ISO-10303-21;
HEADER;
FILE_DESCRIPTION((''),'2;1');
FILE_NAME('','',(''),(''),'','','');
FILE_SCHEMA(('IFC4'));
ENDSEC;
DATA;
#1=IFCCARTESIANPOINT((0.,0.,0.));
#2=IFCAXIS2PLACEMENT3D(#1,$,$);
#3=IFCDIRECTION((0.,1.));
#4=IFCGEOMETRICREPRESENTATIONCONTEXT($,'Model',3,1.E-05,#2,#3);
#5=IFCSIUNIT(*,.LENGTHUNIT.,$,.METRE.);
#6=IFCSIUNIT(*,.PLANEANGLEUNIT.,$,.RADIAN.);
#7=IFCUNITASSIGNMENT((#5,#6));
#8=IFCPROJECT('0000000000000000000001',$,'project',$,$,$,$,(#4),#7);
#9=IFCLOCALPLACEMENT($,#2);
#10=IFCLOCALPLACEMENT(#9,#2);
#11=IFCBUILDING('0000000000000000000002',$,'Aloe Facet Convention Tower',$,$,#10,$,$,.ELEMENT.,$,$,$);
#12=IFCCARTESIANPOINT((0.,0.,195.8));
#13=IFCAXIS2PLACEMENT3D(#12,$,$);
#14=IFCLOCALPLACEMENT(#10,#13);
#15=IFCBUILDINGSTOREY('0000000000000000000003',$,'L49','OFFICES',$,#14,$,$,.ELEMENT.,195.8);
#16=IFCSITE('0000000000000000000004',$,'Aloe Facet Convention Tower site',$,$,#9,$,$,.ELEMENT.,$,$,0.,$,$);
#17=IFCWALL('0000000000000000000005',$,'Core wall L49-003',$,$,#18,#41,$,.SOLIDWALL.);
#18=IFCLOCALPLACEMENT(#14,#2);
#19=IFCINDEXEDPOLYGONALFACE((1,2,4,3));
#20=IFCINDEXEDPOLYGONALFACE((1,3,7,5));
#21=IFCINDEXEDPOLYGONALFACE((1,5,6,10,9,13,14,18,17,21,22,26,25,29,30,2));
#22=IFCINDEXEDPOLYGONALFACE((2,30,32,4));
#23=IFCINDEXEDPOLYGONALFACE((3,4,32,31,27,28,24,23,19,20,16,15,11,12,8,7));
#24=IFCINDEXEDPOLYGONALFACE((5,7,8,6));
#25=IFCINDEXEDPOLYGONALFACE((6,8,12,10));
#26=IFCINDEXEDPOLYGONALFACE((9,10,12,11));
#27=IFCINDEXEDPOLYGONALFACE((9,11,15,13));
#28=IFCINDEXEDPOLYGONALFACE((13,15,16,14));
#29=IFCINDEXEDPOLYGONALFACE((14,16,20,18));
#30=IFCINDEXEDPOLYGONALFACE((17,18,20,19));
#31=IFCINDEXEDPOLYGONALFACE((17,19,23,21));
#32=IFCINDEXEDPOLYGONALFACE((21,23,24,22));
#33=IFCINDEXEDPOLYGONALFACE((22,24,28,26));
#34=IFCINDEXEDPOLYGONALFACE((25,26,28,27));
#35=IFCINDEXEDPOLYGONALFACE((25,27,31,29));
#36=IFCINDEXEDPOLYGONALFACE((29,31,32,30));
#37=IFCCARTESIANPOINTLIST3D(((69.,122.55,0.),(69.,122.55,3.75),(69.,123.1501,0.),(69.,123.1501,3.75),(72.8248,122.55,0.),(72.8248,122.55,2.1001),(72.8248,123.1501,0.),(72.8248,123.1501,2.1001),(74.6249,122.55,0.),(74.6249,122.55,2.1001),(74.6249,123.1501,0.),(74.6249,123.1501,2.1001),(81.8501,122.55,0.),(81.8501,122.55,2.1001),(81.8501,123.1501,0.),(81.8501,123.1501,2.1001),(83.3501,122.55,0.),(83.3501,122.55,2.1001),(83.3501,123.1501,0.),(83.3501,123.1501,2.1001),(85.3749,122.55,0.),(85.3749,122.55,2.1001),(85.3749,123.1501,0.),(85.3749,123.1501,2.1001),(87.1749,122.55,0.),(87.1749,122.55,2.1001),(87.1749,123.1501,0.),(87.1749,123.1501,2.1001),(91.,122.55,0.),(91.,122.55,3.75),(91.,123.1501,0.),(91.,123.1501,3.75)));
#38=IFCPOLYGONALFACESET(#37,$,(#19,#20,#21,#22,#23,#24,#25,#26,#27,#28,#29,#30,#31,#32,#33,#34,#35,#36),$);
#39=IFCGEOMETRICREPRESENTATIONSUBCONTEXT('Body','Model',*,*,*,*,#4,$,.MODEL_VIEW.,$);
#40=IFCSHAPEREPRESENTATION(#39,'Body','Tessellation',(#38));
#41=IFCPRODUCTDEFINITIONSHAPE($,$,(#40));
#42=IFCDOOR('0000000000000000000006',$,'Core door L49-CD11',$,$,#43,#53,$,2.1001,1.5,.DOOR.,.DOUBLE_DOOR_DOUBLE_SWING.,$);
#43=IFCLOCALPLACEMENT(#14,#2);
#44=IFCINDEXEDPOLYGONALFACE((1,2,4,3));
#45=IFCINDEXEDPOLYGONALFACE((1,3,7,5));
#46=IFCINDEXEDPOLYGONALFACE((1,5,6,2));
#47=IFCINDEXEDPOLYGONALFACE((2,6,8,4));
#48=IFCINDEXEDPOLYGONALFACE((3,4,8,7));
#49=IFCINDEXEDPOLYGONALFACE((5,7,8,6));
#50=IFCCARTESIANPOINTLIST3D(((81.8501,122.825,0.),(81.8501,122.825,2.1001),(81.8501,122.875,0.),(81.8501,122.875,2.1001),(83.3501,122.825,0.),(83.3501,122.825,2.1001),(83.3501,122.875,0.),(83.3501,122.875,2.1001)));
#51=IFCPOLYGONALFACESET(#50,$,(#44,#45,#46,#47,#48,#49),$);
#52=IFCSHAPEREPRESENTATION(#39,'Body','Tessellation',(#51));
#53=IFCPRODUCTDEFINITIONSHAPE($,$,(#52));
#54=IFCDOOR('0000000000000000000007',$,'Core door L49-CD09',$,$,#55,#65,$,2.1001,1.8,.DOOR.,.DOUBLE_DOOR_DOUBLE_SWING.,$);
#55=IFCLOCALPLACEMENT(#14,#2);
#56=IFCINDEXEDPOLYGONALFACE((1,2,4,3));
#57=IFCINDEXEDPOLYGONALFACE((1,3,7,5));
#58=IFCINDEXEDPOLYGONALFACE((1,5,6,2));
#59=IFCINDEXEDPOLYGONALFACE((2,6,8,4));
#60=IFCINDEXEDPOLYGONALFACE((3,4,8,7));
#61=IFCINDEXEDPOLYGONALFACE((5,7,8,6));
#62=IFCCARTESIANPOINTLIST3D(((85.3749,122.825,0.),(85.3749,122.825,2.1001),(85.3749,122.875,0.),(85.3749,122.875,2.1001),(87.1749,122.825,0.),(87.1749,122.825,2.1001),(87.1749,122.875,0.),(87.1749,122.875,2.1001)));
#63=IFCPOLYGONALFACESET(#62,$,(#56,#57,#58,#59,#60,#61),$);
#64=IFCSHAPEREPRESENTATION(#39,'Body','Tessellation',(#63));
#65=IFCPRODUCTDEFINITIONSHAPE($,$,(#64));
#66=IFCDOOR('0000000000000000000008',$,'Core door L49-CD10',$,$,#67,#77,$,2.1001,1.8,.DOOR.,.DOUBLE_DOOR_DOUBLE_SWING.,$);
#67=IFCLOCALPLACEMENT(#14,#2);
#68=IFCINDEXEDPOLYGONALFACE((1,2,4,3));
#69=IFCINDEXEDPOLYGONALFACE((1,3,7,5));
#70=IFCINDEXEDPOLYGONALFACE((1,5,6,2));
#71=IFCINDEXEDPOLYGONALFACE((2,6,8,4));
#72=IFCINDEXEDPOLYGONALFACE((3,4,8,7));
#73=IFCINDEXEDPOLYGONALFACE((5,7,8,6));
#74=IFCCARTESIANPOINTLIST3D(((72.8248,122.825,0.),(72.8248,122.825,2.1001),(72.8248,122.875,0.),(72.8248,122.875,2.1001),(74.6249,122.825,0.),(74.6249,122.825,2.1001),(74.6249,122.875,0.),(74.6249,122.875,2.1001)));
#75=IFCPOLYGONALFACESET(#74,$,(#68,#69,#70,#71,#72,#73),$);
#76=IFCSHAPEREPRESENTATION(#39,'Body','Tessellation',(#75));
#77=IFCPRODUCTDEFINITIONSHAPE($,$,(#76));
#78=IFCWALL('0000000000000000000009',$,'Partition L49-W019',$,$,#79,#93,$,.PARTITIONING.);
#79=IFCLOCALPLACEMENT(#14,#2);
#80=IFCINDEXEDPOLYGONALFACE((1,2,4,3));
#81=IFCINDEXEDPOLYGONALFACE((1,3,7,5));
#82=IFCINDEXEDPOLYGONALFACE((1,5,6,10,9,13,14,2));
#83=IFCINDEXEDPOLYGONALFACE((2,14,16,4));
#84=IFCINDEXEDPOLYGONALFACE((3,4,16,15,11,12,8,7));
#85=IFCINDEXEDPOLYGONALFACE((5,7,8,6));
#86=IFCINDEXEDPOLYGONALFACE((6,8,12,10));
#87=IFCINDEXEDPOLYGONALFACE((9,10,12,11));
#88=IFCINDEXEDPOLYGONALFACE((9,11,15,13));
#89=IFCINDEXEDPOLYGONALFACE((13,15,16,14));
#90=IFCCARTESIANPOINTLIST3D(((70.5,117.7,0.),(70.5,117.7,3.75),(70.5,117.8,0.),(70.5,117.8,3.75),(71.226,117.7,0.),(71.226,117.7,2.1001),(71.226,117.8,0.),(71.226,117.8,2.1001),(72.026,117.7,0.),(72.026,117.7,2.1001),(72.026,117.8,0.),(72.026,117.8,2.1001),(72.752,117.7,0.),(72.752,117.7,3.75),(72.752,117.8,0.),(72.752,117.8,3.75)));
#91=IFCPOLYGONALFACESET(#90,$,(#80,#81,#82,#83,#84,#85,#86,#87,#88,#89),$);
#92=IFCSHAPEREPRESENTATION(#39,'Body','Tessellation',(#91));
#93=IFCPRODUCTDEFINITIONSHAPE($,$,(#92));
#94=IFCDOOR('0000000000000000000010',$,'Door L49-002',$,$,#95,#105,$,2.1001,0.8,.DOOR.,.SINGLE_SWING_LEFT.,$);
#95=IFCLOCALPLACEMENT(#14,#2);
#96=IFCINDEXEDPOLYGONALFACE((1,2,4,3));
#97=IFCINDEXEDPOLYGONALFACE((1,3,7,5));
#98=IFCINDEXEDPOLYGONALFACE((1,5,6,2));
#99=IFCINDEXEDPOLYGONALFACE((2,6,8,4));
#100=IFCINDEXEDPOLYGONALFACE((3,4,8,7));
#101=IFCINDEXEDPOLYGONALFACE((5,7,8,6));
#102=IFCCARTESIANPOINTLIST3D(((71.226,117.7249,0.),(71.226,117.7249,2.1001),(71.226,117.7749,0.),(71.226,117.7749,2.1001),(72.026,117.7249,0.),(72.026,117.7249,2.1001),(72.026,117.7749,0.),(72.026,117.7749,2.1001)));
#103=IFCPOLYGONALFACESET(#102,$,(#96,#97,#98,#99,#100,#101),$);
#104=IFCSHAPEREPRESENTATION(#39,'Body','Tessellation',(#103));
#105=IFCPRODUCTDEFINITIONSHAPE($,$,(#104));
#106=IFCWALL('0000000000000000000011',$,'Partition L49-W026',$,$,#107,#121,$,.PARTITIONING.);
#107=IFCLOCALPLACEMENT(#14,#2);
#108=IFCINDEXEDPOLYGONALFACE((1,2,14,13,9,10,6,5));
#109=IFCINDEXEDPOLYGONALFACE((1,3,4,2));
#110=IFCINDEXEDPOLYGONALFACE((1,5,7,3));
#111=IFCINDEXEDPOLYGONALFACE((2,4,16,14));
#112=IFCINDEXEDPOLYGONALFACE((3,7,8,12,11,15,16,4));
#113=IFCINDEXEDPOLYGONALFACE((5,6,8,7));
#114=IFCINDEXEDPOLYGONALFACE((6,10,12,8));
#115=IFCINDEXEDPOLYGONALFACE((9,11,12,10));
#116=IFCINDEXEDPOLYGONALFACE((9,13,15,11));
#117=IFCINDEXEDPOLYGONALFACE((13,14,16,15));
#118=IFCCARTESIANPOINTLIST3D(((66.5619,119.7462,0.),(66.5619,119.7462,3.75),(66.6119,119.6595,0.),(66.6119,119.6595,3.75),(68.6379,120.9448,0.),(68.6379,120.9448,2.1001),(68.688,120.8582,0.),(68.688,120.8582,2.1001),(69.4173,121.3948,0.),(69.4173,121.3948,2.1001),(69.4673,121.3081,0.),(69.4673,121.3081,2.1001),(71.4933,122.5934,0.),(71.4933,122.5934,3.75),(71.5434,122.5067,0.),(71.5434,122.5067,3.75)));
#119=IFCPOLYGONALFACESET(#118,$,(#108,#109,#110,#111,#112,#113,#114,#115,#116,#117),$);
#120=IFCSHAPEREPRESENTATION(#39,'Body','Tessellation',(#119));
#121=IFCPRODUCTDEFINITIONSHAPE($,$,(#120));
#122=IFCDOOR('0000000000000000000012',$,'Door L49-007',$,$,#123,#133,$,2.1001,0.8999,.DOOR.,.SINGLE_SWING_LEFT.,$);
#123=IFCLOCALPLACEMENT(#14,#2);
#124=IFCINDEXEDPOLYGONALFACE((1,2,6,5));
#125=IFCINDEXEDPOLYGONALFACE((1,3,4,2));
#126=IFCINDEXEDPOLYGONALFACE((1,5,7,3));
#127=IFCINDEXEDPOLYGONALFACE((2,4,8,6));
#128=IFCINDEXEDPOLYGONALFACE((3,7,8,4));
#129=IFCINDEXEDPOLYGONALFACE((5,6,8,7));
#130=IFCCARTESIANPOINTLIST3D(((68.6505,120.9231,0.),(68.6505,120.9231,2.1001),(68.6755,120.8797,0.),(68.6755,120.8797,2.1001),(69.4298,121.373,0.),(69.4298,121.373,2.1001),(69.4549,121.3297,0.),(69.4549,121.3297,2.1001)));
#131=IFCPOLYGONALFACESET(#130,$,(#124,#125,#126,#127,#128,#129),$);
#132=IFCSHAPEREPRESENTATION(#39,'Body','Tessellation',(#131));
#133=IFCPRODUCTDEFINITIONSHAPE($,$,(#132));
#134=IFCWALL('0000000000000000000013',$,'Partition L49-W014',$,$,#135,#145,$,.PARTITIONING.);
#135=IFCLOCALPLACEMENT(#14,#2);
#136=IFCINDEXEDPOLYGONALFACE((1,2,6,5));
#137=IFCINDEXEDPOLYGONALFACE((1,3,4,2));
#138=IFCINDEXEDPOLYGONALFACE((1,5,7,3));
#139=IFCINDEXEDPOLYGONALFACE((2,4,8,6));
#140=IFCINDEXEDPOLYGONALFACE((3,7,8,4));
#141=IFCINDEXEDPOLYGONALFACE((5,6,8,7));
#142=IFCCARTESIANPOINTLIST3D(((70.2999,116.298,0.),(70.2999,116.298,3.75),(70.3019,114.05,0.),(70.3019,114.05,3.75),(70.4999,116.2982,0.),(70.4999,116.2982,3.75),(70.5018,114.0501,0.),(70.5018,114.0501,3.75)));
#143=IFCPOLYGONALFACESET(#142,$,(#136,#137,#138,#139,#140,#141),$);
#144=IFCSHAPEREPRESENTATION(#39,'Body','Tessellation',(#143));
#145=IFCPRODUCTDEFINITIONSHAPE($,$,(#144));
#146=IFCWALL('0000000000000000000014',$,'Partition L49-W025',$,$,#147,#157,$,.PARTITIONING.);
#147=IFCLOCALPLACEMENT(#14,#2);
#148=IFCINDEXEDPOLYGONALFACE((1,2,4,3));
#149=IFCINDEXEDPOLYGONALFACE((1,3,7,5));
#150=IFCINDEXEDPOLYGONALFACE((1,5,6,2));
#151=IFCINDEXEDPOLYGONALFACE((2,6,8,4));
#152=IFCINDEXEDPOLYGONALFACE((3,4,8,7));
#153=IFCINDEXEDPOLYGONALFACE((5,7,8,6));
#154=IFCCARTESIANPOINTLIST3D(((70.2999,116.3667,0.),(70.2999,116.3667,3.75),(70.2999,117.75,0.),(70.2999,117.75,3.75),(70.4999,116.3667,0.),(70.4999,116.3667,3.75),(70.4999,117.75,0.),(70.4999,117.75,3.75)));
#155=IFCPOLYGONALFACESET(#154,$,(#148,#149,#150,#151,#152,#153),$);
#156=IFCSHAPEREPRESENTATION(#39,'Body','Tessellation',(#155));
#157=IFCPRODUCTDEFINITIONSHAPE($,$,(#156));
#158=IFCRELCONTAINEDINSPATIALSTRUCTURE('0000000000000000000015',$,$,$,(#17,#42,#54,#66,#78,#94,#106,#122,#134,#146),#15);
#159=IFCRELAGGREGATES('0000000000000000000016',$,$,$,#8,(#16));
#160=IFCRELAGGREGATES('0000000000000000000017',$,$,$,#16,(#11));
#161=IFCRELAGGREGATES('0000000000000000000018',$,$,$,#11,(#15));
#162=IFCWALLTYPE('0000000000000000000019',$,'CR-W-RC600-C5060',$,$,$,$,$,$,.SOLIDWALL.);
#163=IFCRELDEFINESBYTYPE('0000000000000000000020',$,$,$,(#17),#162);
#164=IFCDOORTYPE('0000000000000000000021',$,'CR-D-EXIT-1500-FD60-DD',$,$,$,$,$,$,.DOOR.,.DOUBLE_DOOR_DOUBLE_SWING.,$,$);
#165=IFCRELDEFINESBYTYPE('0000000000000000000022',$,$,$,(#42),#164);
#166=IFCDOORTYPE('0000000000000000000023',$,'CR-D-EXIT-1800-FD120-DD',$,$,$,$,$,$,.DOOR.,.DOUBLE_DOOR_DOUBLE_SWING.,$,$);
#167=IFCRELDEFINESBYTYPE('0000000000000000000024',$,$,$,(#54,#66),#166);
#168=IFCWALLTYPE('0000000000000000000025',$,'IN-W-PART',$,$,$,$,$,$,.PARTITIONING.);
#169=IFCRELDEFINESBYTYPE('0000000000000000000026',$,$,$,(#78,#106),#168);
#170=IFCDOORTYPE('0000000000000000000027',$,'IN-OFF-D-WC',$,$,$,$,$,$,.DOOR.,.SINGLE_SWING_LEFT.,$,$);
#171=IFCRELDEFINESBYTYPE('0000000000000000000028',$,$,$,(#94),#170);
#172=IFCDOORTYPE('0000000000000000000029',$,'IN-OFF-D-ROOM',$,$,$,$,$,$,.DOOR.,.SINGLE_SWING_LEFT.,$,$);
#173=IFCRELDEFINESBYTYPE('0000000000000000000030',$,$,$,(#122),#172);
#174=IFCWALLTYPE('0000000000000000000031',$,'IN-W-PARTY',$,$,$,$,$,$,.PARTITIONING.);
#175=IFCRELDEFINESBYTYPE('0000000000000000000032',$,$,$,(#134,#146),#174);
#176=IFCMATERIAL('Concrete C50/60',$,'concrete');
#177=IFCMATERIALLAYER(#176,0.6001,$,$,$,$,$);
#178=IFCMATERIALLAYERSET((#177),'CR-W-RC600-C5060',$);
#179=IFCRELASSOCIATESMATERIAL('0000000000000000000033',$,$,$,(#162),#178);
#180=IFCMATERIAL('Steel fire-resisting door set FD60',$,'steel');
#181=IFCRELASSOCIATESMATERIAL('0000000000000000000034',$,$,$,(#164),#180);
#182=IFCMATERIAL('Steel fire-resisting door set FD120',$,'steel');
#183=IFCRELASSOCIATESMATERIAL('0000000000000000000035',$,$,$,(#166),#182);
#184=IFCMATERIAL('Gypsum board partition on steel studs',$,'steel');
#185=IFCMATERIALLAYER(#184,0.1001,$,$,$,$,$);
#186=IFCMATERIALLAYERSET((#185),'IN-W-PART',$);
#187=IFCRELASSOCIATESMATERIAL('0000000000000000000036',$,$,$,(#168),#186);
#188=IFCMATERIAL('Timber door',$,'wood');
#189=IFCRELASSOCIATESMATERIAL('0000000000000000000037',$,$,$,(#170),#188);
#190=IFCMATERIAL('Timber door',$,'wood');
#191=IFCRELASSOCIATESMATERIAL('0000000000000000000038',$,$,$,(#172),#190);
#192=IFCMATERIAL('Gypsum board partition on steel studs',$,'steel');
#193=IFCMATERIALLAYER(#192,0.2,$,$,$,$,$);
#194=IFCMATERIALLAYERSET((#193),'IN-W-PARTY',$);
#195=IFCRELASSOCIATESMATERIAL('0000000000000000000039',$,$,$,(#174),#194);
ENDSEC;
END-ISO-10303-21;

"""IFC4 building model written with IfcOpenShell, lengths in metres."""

from ifc_helpers import new_model, si_unit, direction, frame, frame_2d, origin, place, context, subcontext, project, spatial, rectangle, extrude, material, layer, layer_set, type_object, element, fill, save


model = new_model("IFC4")

# Units and contexts
model_context = context("Model", 3, precision=1e-05, world=origin(), true_north=direction((0.0, 1.0)))
body_context = subcontext(model_context, "Body", "Model", "MODEL_VIEW")
ifc_project = project(units=[si_unit("LENGTHUNIT", "METRE"), si_unit("PLANEANGLEUNIT", "RADIAN")], contexts=[model_context])

# Site, building, storey
site_placement = place(None, origin())
site = spatial("IfcSite", under=ifc_project, at=site_placement, Name="Aloe Facet Convention Tower site", CompositionType="ELEMENT", RefElevation=0.0)
building_placement = place(site_placement, origin())
building = spatial("IfcBuilding", under=site, at=building_placement, Name="Aloe Facet Convention Tower", CompositionType="ELEMENT")
storey_placement = place(building_placement, frame((0.0, 0.0, 195.8)))
storey = spatial("IfcBuildingStorey", under=building, at=storey_placement, Name="L49", Description="OFFICES", CompositionType="ELEMENT", Elevation=195.8)

# Wall, openings, doors
ifc_material_1 = material(Name="Concrete C50/60", Category="concrete")
ifc_layer_1 = layer(ifc_material_1, 0.6001)
ifc_layer_set_1 = layer_set([ifc_layer_1], Name="CR-W-RC600-C5060")
wall_type_1 = type_object("IfcWallType", Name="CR-W-RC600-C5060", PredefinedType="SOLIDWALL", material=ifc_layer_set_1)
wall_1_placement = place(storey_placement, frame((69.0, 122.8501, 0.0), z_axis=(0.0, 0.0, 1.0), x_axis=(1.0, 0.0, 0.0)))
wall_1 = element("IfcWall", 1, at=wall_1_placement, inside=storey, type_object=wall_type_1, Name="Core wall L49-003", PredefinedType="SOLIDWALL", context=body_context, shape_type="SweptSolid", body=[
    extrude(rectangle(XDim=22.0, YDim=0.6001, at=frame_2d((11.0, 0.0))), origin(), (0.0, 0.0, 1.0), 3.75),
])
opening_1_placement = place(wall_1_placement, frame((16.375, 0.0, 0.0)))
opening_1 = element("IfcOpeningElement", 2, at=opening_1_placement, cuts=wall_1, PredefinedType="OPENING", context=body_context, shape_type="SweptSolid", body=[
    extrude(rectangle(XDim=1.8, YDim=2.1001, at=frame_2d((0.8999, 1.05))), frame((0.0, 0.3101, 0.0), z_axis=(0.0, -1.0, 0.0), x_axis=(1.0, 0.0, 0.0)), (0.0, 0.0, 1.0), 0.6201),
])
opening_2_placement = place(wall_1_placement, frame((3.825, 0.0, 0.0)))
opening_2 = element("IfcOpeningElement", 3, at=opening_2_placement, cuts=wall_1, PredefinedType="OPENING", context=body_context, shape_type="SweptSolid", body=[
    extrude(rectangle(XDim=1.8, YDim=2.1001, at=frame_2d((0.8999, 1.05))), frame((0.0, 0.3101, 0.0), z_axis=(0.0, -1.0, 0.0), x_axis=(1.0, 0.0, 0.0)), (0.0, 0.0, 1.0), 0.6201),
])
opening_3_placement = place(wall_1_placement, frame((12.8501, 0.0, 0.0)))
opening_3 = element("IfcOpeningElement", 4, at=opening_3_placement, cuts=wall_1, PredefinedType="OPENING", context=body_context, shape_type="SweptSolid", body=[
    extrude(rectangle(XDim=1.5, YDim=2.1001, at=frame_2d((0.75, 1.05))), frame((0.0, 0.3101, 0.0), z_axis=(0.0, -1.0, 0.0), x_axis=(1.0, 0.0, 0.0)), (0.0, 0.0, 1.0), 0.6201),
])
ifc_material_2 = material(Name="Steel fire-resisting door set FD60", Category="steel")
door_type_1 = type_object("IfcDoorType", Name="CR-D-EXIT-1500-FD60-DD", OperationType="DOUBLE_DOOR_DOUBLE_SWING", PredefinedType="DOOR", material=ifc_material_2)
door_1_placement = place(opening_3_placement, origin())
door_1 = element("IfcDoor", 5, at=door_1_placement, inside=storey, type_object=door_type_1, Name="Core door L49-CD11", OperationType="DOUBLE_DOOR_DOUBLE_SWING", OverallHeight=2.1001, OverallWidth=1.5, PredefinedType="DOOR", context=body_context, shape_type="SweptSolid", body=[
    extrude(rectangle(XDim=1.5, YDim=2.1001, at=frame_2d((0.75, 1.05))), frame((0.0, 0.0249, 0.0), z_axis=(0.0, -1.0, 0.0), x_axis=(1.0, 0.0, 0.0)), (0.0, 0.0, 1.0), 0.05),
])
fill(opening_3, door_1)
ifc_material_3 = material(Name="Steel fire-resisting door set FD120", Category="steel")
door_type_2 = type_object("IfcDoorType", Name="CR-D-EXIT-1800-FD120-DD", OperationType="DOUBLE_DOOR_DOUBLE_SWING", PredefinedType="DOOR", material=ifc_material_3)
door_2_placement = place(opening_1_placement, origin())
door_2 = element("IfcDoor", 6, at=door_2_placement, inside=storey, type_object=door_type_2, Name="Core door L49-CD09", OperationType="DOUBLE_DOOR_DOUBLE_SWING", OverallHeight=2.1001, OverallWidth=1.8, PredefinedType="DOOR", context=body_context, shape_type="SweptSolid", body=[
    extrude(rectangle(XDim=1.8, YDim=2.1001, at=frame_2d((0.8999, 1.05))), frame((0.0, 0.0249, 0.0), z_axis=(0.0, -1.0, 0.0), x_axis=(1.0, 0.0, 0.0)), (0.0, 0.0, 1.0), 0.05),
])
fill(opening_1, door_2)
door_3_placement = place(opening_2_placement, origin())
door_3 = element("IfcDoor", 7, at=door_3_placement, inside=storey, type_object=door_type_2, Name="Core door L49-CD10", OperationType="DOUBLE_DOOR_DOUBLE_SWING", OverallHeight=2.1001, OverallWidth=1.8, PredefinedType="DOOR", context=body_context, shape_type="SweptSolid", body=[
    extrude(rectangle(XDim=1.8, YDim=2.1001, at=frame_2d((0.8999, 1.05))), frame((0.0, 0.0249, 0.0), z_axis=(0.0, -1.0, 0.0), x_axis=(1.0, 0.0, 0.0)), (0.0, 0.0, 1.0), 0.05),
])
fill(opening_2, door_3)

# Walls, openings, doors
ifc_material_4 = material(Name="Gypsum board partition on steel studs", Category="steel")
ifc_layer_2 = layer(ifc_material_4, 0.1001)
ifc_layer_set_2 = layer_set([ifc_layer_2], Name="IN-W-PART")
wall_type_2 = type_object("IfcWallType", Name="IN-W-PART", PredefinedType="PARTITIONING", material=ifc_layer_set_2)
wall_2_placement = place(storey_placement, frame((70.5, 117.75, 0.0), z_axis=(0.0, 0.0, 1.0), x_axis=(1.0, 0.0, 0.0)))
wall_2 = element("IfcWall", 8, at=wall_2_placement, inside=storey, type_object=wall_type_2, Name="Partition L49-W019", PredefinedType="PARTITIONING", context=body_context, shape_type="SweptSolid", body=[
    extrude(rectangle(XDim=2.252, YDim=0.1001, at=frame_2d((1.126, 0.0))), origin(), (0.0, 0.0, 1.0), 3.75),
])
opening_4_placement = place(wall_2_placement, frame((0.7261, 0.0, 0.0)))
opening_4 = element("IfcOpeningElement", 9, at=opening_4_placement, cuts=wall_2, PredefinedType="OPENING", context=body_context, shape_type="SweptSolid", body=[
    extrude(rectangle(XDim=0.8, YDim=2.1001, at=frame_2d((0.3999, 1.05))), frame((0.0, 0.0601, 0.0), z_axis=(0.0, -1.0, 0.0), x_axis=(1.0, 0.0, 0.0)), (0.0, 0.0, 1.0), 0.1201),
])
ifc_material_5 = material(Name="Timber door", Category="wood")
door_type_3 = type_object("IfcDoorType", Name="IN-OFF-D-WC", OperationType="SINGLE_SWING_LEFT", PredefinedType="DOOR", material=ifc_material_5)
door_4_placement = place(opening_4_placement, origin())
door_4 = element("IfcDoor", 10, at=door_4_placement, inside=storey, type_object=door_type_3, Name="Door L49-002", OperationType="SINGLE_SWING_LEFT", OverallHeight=2.1001, OverallWidth=0.8, PredefinedType="DOOR", context=body_context, shape_type="SweptSolid", body=[
    extrude(rectangle(XDim=0.8, YDim=2.1001, at=frame_2d((0.3999, 1.05))), frame((0.0, 0.0249, 0.0), z_axis=(0.0, -1.0, 0.0), x_axis=(1.0, 0.0, 0.0)), (0.0, 0.0, 1.0), 0.05),
])
fill(opening_4, door_4)
wall_3_placement = place(storey_placement, frame((66.5869, 119.7029, 0.0), z_axis=(0.0, 0.0, 1.0), x_axis=(0.866024, 0.500003, 0.0)))
wall_3 = element("IfcWall", 11, at=wall_3_placement, inside=storey, type_object=wall_type_2, Name="Partition L49-W026", PredefinedType="PARTITIONING", context=body_context, shape_type="SweptSolid", body=[
    extrude(rectangle(XDim=5.6943, YDim=0.1001, at=frame_2d((2.8472, 0.0))), origin(), (0.0, 0.0, 1.0), 3.75),
])
opening_5_placement = place(wall_3_placement, frame((2.3972, 0.0, 0.0)))
opening_5 = element("IfcOpeningElement", 12, at=opening_5_placement, cuts=wall_3, PredefinedType="OPENING", context=body_context, shape_type="SweptSolid", body=[
    extrude(rectangle(XDim=0.8999, YDim=2.1001, at=frame_2d((0.45, 1.05))), frame((0.0, 0.0601, 0.0), z_axis=(0.0, -1.0, 0.0), x_axis=(1.0, 0.0, 0.0)), (0.0, 0.0, 1.0), 0.1201),
])
ifc_material_6 = material(Name="Timber door", Category="wood")
door_type_4 = type_object("IfcDoorType", Name="IN-OFF-D-ROOM", OperationType="SINGLE_SWING_LEFT", PredefinedType="DOOR", material=ifc_material_6)
door_5_placement = place(opening_5_placement, origin())
door_5 = element("IfcDoor", 13, at=door_5_placement, inside=storey, type_object=door_type_4, Name="Door L49-007", OperationType="SINGLE_SWING_LEFT", OverallHeight=2.1001, OverallWidth=0.8999, PredefinedType="DOOR", context=body_context, shape_type="SweptSolid", body=[
    extrude(rectangle(XDim=0.8999, YDim=2.1001, at=frame_2d((0.45, 1.05))), frame((0.0, 0.0249, 0.0), z_axis=(0.0, -1.0, 0.0), x_axis=(1.0, 0.0, 0.0)), (0.0, 0.0, 1.0), 0.05),
])
fill(opening_5, door_5)

# Walls
ifc_material_7 = material(Name="Gypsum board partition on steel studs", Category="steel")
ifc_layer_3 = layer(ifc_material_7, 0.2)
ifc_layer_set_3 = layer_set([ifc_layer_3], Name="IN-W-PARTY")
wall_type_3 = type_object("IfcWallType", Name="IN-W-PARTY", PredefinedType="PARTITIONING", material=ifc_layer_set_3)
wall_4_placement = place(storey_placement, frame((70.4019, 114.05, 0.0), z_axis=(0.0, 0.0, 1.0), x_axis=(-0.000869, 1.0, 0.0)))
element("IfcWall", 14, at=wall_4_placement, inside=storey, type_object=wall_type_3, Name="Partition L49-W014", PredefinedType="PARTITIONING", context=body_context, shape_type="SweptSolid", body=[
    extrude(rectangle(XDim=2.248, YDim=0.2, at=frame_2d((1.124, 0.0))), origin(), (0.0, 0.0, 1.0), 3.75),
])
wall_5_placement = place(storey_placement, frame((70.3999, 116.3667, 0.0), z_axis=(0.0, 0.0, 1.0), x_axis=(0.0, 1.0, 0.0)))
element("IfcWall", 15, at=wall_5_placement, inside=storey, type_object=wall_type_3, Name="Partition L49-W025", PredefinedType="PARTITIONING", context=body_context, shape_type="SweptSolid", body=[
    extrude(rectangle(XDim=1.3833, YDim=0.2, at=frame_2d((0.6917, 0.0))), origin(), (0.0, 0.0, 1.0), 3.75),
])

save(model, "model.ifc")
